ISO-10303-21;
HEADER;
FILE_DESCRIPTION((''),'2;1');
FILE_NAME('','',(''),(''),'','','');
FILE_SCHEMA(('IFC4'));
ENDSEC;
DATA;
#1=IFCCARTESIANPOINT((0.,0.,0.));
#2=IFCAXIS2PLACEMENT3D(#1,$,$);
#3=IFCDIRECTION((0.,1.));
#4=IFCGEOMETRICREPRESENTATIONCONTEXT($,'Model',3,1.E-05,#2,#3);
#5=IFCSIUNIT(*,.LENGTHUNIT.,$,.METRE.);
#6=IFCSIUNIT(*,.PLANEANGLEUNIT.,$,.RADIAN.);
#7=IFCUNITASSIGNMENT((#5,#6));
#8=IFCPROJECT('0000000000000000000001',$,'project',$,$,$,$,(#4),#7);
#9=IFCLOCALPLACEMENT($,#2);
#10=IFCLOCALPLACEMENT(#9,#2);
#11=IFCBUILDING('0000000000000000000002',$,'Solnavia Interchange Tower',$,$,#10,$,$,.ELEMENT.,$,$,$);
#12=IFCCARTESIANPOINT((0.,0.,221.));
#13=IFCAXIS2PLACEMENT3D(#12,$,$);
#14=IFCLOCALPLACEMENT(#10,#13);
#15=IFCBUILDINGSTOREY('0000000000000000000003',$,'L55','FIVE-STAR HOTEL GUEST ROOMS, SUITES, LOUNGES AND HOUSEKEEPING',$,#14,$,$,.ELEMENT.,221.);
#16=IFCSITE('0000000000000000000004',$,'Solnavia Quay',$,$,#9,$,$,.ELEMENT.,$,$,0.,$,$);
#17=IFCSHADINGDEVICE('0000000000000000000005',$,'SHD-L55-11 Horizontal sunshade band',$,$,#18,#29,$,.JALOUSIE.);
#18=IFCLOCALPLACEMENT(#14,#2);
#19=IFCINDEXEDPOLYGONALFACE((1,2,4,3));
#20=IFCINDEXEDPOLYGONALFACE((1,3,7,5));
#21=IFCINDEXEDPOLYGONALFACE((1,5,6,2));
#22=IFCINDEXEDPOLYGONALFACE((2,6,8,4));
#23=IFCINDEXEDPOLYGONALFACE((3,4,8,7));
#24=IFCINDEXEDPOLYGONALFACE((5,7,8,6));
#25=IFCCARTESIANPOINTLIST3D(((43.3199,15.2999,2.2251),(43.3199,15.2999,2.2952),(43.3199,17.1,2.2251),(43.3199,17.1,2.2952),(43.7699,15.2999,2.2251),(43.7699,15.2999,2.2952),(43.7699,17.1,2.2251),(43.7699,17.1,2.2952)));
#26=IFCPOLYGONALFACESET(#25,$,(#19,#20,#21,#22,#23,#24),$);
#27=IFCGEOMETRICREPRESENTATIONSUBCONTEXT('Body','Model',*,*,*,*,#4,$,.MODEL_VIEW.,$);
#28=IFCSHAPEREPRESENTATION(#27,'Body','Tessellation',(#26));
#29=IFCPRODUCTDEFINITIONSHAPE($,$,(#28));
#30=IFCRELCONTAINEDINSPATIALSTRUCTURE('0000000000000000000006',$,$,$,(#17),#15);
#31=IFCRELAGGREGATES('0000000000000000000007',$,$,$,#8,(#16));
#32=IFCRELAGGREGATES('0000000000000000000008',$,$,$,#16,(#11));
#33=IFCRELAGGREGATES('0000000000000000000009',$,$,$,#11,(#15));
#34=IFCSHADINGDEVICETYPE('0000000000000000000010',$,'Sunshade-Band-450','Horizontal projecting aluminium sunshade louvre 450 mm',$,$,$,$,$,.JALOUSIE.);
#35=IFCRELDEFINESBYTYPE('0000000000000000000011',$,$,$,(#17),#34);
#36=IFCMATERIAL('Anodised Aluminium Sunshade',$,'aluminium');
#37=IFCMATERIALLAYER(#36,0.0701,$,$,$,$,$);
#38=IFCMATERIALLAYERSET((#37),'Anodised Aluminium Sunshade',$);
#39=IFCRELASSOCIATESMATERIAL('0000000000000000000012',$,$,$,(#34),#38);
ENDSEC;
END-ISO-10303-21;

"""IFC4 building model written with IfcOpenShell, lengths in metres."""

from ifc_helpers import new_model, si_unit, direction, frame, origin, origin_2d, place, context, subcontext, project, spatial, rectangle, extrude, material, layer, layer_set, type_object, element, save


model = new_model("IFC4")

# Units and contexts
model_context = context("Model", 3, precision=1e-05, world=origin(), true_north=direction((0.0, 1.0)))
body_context = subcontext(model_context, "Body", "Model", "MODEL_VIEW")
ifc_project = project(units=[si_unit("LENGTHUNIT", "METRE"), si_unit("PLANEANGLEUNIT", "RADIAN")], contexts=[model_context])

# Site, building, storey
site_placement = place(None, origin())
site = spatial("IfcSite", under=ifc_project, at=site_placement, Name="Solnavia Quay", CompositionType="ELEMENT", RefElevation=0.0)
building_placement = place(site_placement, origin())
building = spatial("IfcBuilding", under=site, at=building_placement, Name="Solnavia Interchange Tower", CompositionType="ELEMENT")
storey_placement = place(building_placement, frame((0.0, 0.0, 221.0)))
storey = spatial("IfcBuildingStorey", under=building, at=storey_placement, Name="L55", Description="FIVE-STAR HOTEL GUEST ROOMS, SUITES, LOUNGES AND HOUSEKEEPING", CompositionType="ELEMENT", Elevation=221.0)

# Shading device
ifc_material_1 = material(Name="Anodised Aluminium Sunshade", Category="aluminium")
ifc_layer_1 = layer(ifc_material_1, 0.0701)
ifc_layer_set_1 = layer_set([ifc_layer_1], Name="Anodised Aluminium Sunshade")
shading_device_type = type_object("IfcShadingDeviceType", Name="Sunshade-Band-450", Description="Horizontal projecting aluminium sunshade louvre 450 mm", PredefinedType="JALOUSIE", material=ifc_layer_set_1)
shading_device_placement = place(storey_placement, frame((43.5449, 16.2, 2.2251), z_axis=(0.0, 0.0, 1.0), x_axis=(0.0, -1.0, 0.0)))
element("IfcShadingDevice", 1, at=shading_device_placement, inside=storey, type_object=shading_device_type, Name="SHD-L55-11 Horizontal sunshade band", PredefinedType="JALOUSIE", context=body_context, shape_type="SweptSolid", body=[
    extrude(rectangle(XDim=1.8, YDim=0.45, at=origin_2d()), origin(), (0.0, 0.0, 1.0), 0.0701),
])

save(model, "model.ifc")
